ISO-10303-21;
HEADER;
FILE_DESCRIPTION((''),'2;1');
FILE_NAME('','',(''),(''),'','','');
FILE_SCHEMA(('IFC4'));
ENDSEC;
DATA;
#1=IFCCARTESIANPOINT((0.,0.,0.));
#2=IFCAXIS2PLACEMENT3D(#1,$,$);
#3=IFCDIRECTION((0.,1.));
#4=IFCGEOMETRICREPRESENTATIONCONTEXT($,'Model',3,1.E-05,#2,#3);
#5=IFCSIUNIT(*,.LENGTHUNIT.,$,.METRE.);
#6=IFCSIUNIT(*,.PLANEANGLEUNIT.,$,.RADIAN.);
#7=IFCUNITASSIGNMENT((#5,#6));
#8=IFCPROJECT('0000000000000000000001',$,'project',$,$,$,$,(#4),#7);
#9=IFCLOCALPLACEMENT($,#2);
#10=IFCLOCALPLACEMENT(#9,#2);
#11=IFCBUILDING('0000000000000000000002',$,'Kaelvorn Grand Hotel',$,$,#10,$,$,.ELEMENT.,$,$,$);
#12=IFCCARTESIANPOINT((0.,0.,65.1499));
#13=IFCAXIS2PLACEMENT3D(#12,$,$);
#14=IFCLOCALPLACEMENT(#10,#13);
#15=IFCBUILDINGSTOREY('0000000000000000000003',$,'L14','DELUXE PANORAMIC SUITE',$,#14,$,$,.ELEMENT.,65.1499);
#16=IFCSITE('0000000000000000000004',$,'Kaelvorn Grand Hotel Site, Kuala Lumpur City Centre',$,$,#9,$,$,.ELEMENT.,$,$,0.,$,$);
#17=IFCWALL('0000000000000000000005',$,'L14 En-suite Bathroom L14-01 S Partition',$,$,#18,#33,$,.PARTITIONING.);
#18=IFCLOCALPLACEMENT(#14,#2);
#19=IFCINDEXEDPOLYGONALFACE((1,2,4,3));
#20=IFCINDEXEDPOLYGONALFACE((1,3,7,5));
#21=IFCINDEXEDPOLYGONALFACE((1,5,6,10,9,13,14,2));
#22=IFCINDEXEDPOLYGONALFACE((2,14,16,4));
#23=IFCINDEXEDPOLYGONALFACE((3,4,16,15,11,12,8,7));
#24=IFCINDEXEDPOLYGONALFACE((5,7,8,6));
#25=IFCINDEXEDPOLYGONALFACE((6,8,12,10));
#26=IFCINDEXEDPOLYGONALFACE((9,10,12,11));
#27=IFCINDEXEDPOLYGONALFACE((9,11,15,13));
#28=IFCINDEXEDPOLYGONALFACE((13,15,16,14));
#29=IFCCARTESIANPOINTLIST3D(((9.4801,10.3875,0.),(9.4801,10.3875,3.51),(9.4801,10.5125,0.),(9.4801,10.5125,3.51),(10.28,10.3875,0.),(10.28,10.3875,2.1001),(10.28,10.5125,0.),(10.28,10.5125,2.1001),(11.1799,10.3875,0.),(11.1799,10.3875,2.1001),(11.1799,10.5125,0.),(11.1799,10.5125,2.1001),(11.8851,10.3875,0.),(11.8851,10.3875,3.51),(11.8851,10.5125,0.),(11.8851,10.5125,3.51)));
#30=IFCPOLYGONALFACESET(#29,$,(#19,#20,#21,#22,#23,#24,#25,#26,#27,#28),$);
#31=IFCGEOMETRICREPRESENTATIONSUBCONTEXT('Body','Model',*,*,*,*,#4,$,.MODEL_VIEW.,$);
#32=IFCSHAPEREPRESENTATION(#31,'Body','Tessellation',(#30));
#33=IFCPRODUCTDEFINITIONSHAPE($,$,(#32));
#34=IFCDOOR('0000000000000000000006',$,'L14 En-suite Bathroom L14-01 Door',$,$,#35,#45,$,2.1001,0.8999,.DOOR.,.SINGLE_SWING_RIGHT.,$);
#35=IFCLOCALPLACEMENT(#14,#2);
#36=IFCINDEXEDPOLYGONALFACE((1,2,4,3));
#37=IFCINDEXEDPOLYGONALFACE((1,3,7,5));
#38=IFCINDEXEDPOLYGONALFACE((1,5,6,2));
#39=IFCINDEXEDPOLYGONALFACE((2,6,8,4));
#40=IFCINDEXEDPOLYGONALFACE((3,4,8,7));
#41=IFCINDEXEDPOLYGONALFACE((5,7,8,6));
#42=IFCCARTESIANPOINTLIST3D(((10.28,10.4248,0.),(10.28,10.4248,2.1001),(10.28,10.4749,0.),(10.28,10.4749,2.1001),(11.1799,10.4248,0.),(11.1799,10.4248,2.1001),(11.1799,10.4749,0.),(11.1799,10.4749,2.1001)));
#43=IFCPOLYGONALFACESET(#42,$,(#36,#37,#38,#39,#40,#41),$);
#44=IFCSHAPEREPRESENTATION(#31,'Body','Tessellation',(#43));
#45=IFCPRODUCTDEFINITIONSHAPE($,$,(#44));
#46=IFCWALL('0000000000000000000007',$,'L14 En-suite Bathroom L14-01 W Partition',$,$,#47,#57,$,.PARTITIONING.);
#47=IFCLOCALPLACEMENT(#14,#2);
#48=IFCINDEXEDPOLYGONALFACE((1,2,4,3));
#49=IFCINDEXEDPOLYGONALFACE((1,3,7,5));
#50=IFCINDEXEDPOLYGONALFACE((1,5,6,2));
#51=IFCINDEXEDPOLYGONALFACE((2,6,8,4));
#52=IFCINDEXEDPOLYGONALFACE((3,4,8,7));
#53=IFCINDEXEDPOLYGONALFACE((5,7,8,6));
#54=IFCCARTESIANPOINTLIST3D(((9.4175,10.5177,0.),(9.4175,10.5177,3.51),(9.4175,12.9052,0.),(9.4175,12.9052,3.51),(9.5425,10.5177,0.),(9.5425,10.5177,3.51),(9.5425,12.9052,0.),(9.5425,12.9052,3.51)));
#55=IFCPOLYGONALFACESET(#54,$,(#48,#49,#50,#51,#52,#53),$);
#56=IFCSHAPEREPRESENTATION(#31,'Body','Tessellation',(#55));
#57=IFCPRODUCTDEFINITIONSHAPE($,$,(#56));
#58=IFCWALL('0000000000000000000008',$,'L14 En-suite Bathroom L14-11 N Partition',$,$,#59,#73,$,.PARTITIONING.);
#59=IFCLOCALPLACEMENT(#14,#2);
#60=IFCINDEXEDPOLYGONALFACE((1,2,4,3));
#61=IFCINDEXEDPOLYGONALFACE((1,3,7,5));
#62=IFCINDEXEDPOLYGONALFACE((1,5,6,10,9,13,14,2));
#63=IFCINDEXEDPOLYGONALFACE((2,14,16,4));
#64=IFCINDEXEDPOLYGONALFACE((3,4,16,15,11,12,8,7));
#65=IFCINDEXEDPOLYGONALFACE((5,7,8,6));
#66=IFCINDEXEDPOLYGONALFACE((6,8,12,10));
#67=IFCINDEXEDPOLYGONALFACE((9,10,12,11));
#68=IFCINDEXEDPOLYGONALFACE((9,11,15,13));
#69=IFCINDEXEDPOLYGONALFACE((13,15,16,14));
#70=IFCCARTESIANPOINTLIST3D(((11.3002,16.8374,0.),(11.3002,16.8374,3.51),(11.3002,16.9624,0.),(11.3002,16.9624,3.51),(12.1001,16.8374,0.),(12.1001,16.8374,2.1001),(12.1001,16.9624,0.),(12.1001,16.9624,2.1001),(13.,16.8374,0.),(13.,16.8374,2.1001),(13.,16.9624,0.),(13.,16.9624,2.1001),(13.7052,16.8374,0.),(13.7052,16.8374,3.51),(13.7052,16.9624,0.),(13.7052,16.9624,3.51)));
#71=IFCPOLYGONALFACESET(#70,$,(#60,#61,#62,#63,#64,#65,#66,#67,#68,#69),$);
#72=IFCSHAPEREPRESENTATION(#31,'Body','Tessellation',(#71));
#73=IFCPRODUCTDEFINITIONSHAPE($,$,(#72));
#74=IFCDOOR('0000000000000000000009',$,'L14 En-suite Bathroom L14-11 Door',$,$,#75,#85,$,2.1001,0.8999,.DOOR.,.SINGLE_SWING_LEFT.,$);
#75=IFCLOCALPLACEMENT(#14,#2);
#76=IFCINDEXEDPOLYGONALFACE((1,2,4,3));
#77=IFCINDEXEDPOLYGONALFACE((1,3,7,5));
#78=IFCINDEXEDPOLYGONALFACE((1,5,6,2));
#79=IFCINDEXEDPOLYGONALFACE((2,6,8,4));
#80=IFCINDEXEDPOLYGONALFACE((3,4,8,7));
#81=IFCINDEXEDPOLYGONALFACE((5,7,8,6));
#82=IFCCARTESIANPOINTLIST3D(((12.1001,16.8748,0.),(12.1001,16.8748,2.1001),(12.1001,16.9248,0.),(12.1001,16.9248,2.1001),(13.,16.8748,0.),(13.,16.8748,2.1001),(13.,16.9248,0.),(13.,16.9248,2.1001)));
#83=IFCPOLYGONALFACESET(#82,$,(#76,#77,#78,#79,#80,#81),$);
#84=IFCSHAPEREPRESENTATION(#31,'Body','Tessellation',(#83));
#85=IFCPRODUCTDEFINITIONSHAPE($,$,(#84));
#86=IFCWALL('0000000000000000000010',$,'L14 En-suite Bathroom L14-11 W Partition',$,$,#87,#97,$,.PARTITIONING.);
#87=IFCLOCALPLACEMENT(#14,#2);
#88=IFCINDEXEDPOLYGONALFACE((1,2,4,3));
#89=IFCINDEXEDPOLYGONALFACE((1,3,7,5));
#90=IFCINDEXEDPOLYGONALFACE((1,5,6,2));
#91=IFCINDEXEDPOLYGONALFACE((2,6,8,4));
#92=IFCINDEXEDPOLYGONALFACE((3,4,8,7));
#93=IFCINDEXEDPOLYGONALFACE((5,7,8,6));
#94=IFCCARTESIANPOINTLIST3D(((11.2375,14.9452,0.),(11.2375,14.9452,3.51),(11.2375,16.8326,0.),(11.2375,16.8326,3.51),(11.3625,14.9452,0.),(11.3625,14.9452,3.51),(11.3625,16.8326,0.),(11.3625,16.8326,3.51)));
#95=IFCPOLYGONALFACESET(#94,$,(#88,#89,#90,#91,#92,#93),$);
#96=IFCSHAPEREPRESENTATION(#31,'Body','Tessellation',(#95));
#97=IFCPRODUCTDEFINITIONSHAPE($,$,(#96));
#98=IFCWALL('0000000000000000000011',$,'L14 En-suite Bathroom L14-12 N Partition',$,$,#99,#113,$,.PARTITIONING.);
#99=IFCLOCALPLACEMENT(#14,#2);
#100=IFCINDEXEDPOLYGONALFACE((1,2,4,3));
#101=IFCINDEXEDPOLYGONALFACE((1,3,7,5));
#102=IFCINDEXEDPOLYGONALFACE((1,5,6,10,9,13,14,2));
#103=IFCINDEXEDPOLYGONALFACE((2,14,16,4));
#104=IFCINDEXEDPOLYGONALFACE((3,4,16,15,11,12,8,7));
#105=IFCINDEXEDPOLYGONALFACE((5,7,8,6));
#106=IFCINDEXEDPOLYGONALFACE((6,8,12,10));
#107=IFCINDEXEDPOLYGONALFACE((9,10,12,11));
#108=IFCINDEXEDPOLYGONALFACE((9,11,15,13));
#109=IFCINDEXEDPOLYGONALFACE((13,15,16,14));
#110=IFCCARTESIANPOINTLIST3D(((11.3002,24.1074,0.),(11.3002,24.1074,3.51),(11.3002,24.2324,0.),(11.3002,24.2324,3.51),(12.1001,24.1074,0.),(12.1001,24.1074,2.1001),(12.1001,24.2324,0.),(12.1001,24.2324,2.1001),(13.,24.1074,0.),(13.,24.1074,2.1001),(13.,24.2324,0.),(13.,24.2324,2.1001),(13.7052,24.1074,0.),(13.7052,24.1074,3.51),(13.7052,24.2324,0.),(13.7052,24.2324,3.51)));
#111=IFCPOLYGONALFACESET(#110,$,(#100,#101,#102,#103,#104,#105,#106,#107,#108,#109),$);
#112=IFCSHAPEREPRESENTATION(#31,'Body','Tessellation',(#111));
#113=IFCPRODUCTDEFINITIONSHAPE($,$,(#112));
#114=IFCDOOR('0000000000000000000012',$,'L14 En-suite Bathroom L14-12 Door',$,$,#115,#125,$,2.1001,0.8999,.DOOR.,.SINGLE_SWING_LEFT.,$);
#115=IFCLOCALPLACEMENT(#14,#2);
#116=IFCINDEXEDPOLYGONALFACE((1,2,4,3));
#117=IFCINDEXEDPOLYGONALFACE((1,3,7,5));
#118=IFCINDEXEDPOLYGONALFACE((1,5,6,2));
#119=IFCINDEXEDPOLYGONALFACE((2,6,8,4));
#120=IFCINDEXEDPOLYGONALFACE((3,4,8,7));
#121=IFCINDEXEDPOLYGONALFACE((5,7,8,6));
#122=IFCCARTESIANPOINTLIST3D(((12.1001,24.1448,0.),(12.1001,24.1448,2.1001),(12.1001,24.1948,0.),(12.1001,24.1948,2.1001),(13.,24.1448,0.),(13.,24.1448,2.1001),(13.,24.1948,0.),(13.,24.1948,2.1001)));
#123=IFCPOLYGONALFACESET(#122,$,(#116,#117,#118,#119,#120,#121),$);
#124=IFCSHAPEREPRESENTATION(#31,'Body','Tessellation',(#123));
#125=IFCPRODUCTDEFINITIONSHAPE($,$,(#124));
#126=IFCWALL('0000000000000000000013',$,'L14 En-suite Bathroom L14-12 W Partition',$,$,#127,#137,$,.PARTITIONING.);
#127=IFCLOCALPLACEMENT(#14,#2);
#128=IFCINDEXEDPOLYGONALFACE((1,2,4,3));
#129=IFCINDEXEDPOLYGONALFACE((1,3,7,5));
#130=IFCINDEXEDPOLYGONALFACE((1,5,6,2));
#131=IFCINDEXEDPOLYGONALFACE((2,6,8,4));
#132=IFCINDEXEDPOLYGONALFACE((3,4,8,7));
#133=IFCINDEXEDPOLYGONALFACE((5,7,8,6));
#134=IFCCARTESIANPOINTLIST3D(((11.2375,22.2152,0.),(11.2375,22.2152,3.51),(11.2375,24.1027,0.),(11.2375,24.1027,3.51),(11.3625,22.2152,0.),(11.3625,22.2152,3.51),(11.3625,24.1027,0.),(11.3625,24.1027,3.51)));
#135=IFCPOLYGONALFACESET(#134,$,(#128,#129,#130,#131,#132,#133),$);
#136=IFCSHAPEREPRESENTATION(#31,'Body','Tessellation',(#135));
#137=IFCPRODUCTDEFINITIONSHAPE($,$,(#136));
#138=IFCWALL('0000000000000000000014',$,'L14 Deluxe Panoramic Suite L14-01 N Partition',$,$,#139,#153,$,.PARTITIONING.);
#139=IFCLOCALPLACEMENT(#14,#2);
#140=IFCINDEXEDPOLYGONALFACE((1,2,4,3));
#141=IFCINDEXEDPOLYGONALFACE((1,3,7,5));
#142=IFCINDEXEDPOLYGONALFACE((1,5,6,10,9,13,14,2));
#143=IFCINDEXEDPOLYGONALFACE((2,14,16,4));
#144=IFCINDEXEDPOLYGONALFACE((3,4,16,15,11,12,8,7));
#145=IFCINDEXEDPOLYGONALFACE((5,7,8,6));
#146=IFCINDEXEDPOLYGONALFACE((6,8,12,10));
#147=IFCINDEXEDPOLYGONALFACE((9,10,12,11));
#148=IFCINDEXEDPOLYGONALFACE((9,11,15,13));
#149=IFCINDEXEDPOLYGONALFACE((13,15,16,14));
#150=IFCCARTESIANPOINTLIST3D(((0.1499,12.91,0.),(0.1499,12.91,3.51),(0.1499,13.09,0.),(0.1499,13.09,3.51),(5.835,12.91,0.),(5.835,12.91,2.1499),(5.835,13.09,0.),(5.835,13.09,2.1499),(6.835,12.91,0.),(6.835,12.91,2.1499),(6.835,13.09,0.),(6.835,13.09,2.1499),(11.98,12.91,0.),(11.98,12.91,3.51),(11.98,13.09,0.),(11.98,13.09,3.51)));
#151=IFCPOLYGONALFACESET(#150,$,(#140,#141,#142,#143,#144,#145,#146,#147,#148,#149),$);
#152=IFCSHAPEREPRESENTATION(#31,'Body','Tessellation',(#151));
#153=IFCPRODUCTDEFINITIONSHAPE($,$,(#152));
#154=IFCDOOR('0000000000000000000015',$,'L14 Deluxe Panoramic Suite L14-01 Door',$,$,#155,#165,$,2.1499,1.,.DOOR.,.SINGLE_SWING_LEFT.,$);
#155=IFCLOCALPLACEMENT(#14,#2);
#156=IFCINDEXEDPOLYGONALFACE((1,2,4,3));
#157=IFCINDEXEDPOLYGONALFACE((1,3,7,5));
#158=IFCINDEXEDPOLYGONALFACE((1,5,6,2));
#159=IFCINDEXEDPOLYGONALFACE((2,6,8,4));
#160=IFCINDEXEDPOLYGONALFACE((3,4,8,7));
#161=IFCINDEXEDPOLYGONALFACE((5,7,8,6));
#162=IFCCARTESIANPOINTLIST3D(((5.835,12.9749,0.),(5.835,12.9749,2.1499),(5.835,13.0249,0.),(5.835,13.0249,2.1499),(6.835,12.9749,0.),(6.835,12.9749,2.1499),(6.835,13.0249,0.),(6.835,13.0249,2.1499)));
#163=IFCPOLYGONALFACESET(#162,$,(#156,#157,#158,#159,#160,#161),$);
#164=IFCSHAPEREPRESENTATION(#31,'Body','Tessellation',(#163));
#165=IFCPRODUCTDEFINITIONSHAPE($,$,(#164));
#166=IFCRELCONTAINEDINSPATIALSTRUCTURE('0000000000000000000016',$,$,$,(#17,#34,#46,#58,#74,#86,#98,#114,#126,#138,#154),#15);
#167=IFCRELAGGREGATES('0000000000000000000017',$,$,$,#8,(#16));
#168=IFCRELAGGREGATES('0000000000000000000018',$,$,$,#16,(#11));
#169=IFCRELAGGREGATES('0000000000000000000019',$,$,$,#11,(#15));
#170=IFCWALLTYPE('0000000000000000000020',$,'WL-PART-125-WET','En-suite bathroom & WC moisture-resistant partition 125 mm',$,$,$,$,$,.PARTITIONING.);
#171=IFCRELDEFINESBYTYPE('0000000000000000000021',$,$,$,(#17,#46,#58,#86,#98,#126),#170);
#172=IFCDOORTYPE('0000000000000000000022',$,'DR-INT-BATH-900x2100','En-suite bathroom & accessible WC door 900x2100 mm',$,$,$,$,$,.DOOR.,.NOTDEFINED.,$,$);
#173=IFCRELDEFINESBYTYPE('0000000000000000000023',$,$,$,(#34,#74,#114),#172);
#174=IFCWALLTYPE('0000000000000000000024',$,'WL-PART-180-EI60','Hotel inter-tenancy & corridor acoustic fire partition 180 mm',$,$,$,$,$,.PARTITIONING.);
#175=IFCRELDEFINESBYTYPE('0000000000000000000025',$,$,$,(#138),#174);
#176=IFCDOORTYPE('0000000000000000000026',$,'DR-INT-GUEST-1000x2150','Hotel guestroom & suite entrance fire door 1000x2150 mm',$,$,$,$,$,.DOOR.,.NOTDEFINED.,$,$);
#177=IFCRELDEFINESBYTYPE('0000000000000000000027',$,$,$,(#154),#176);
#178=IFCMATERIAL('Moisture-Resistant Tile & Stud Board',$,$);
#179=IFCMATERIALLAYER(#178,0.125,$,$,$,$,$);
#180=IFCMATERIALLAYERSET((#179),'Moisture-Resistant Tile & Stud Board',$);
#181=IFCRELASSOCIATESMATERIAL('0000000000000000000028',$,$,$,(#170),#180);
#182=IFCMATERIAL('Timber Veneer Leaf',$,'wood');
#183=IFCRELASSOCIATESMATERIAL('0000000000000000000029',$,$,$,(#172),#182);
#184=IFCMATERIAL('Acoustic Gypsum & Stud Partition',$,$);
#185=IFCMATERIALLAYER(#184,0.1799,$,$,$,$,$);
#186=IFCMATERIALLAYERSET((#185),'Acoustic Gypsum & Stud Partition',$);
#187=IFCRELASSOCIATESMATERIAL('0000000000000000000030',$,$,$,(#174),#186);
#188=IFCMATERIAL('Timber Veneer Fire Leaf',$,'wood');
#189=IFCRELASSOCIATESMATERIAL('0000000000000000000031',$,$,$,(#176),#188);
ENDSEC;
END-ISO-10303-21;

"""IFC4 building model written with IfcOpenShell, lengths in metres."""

from ifc_helpers import new_model, si_unit, direction, frame, frame_2d, origin, place, context, subcontext, project, spatial, rectangle, extrude, material, layer, layer_set, type_object, element, fill, save


model = new_model("IFC4")

# Units and contexts
model_context = context("Model", 3, precision=1e-05, world=origin(), true_north=direction((0.0, 1.0)))
body_context = subcontext(model_context, "Body", "Model", "MODEL_VIEW")
ifc_project = project(units=[si_unit("LENGTHUNIT", "METRE"), si_unit("PLANEANGLEUNIT", "RADIAN")], contexts=[model_context])

# Site, building, storey
site_placement = place(None, origin())
site = spatial("IfcSite", under=ifc_project, at=site_placement, Name="Kaelvorn Grand Hotel Site, Kuala Lumpur City Centre", CompositionType="ELEMENT", RefElevation=0.0)
building_placement = place(site_placement, origin())
building = spatial("IfcBuilding", under=site, at=building_placement, Name="Kaelvorn Grand Hotel", CompositionType="ELEMENT")
storey_placement = place(building_placement, frame((0.0, 0.0, 65.1499)))
storey = spatial("IfcBuildingStorey", under=building, at=storey_placement, Name="L14", Description="DELUXE PANORAMIC SUITE", CompositionType="ELEMENT", Elevation=65.1499)

# Wall, opening, door
ifc_material_1 = material(Name="Moisture-Resistant Tile & Stud Board")
ifc_layer_1 = layer(ifc_material_1, 0.125)
ifc_layer_set_1 = layer_set([ifc_layer_1], Name="Moisture-Resistant Tile & Stud Board")
wall_type_1 = type_object("IfcWallType", Name="WL-PART-125-WET", Description="En-suite bathroom & WC moisture-resistant partition 125 mm", PredefinedType="PARTITIONING", material=ifc_layer_set_1)
wall_1_placement = place(storey_placement, frame((9.48, 10.45, 0.0), z_axis=(0.0, 0.0, 1.0), x_axis=(1.0, 0.0, 0.0)))
wall_1 = element("IfcWall", 1, at=wall_1_placement, inside=storey, type_object=wall_type_1, Name="L14 En-suite Bathroom L14-01 S Partition", PredefinedType="PARTITIONING", context=body_context, shape_type="SweptSolid", body=[
    extrude(rectangle(XDim=2.405, YDim=0.125, at=frame_2d((1.2026, 0.0))), origin(), (0.0, 0.0, 1.0), 3.51),
])
opening_1_placement = place(wall_1_placement, frame((0.8, 0.0, 0.0)))
opening_1 = element("IfcOpeningElement", 2, at=opening_1_placement, cuts=wall_1, PredefinedType="OPENING", context=body_context, shape_type="SweptSolid", body=[
    extrude(rectangle(XDim=0.8999, YDim=2.1001, at=frame_2d((0.45, 1.05))), frame((0.0, 0.0725, 0.0), z_axis=(0.0, -1.0, 0.0), x_axis=(1.0, 0.0, 0.0)), (0.0, 0.0, 1.0), 0.145),
])
ifc_material_2 = material(Name="Timber Veneer Leaf", Category="wood")
door_type_1 = type_object("IfcDoorType", Name="DR-INT-BATH-900x2100", Description="En-suite bathroom & accessible WC door 900x2100 mm", OperationType="NOTDEFINED", PredefinedType="DOOR", material=ifc_material_2)
door_1_placement = place(opening_1_placement, origin())
door_1 = element("IfcDoor", 3, at=door_1_placement, inside=storey, type_object=door_type_1, Name="L14 En-suite Bathroom L14-01 Door", OperationType="SINGLE_SWING_RIGHT", OverallHeight=2.1001, OverallWidth=0.8999, PredefinedType="DOOR", context=body_context, shape_type="SweptSolid", body=[
    extrude(rectangle(XDim=0.8999, YDim=2.1001, at=frame_2d((0.45, 1.05))), frame((0.0, 0.0249, 0.0), z_axis=(0.0, -1.0, 0.0), x_axis=(1.0, 0.0, 0.0)), (0.0, 0.0, 1.0), 0.05),
])
fill(opening_1, door_1)

# Wall
wall_2_placement = place(storey_placement, frame((9.48, 10.5176, 0.0), z_axis=(0.0, 0.0, 1.0), x_axis=(0.0, 1.0, 0.0)))
element("IfcWall", 4, at=wall_2_placement, inside=storey, type_object=wall_type_1, Name="L14 En-suite Bathroom L14-01 W Partition", PredefinedType="PARTITIONING", context=body_context, shape_type="SweptSolid", body=[
    extrude(rectangle(XDim=2.3875, YDim=0.125, at=frame_2d((1.1938, 0.0))), origin(), (0.0, 0.0, 1.0), 3.51),
])

# Wall, opening, door
wall_3_placement = place(storey_placement, frame((11.3, 16.8999, 0.0), z_axis=(0.0, 0.0, 1.0), x_axis=(1.0, 0.0, 0.0)))
wall_3 = element("IfcWall", 5, at=wall_3_placement, inside=storey, type_object=wall_type_1, Name="L14 En-suite Bathroom L14-11 N Partition", PredefinedType="PARTITIONING", context=body_context, shape_type="SweptSolid", body=[
    extrude(rectangle(XDim=2.405, YDim=0.125, at=frame_2d((1.2026, 0.0))), origin(), (0.0, 0.0, 1.0), 3.51),
])
opening_2_placement = place(wall_3_placement, frame((0.8, 0.0, 0.0)))
opening_2 = element("IfcOpeningElement", 6, at=opening_2_placement, cuts=wall_3, PredefinedType="OPENING", context=body_context, shape_type="SweptSolid", body=[
    extrude(rectangle(XDim=0.8999, YDim=2.1001, at=frame_2d((0.45, 1.05))), frame((0.0, 0.0725, 0.0), z_axis=(0.0, -1.0, 0.0), x_axis=(1.0, 0.0, 0.0)), (0.0, 0.0, 1.0), 0.145),
])
door_2_placement = place(opening_2_placement, origin())
door_2 = element("IfcDoor", 7, at=door_2_placement, inside=storey, type_object=door_type_1, Name="L14 En-suite Bathroom L14-11 Door", OperationType="SINGLE_SWING_LEFT", OverallHeight=2.1001, OverallWidth=0.8999, PredefinedType="DOOR", context=body_context, shape_type="SweptSolid", body=[
    extrude(rectangle(XDim=0.8999, YDim=2.1001, at=frame_2d((0.45, 1.05))), frame((0.0, 0.0249, 0.0), z_axis=(0.0, -1.0, 0.0), x_axis=(1.0, 0.0, 0.0)), (0.0, 0.0, 1.0), 0.05),
])
fill(opening_2, door_2)

# Wall
wall_4_placement = place(storey_placement, frame((11.3, 14.9451, 0.0), z_axis=(0.0, 0.0, 1.0), x_axis=(0.0, 1.0, 0.0)))
element("IfcWall", 8, at=wall_4_placement, inside=storey, type_object=wall_type_1, Name="L14 En-suite Bathroom L14-11 W Partition", PredefinedType="PARTITIONING", context=body_context, shape_type="SweptSolid", body=[
    extrude(rectangle(XDim=1.8875, YDim=0.125, at=frame_2d((0.9438, 0.0))), origin(), (0.0, 0.0, 1.0), 3.51),
])

# Wall, opening, door
wall_5_placement = place(storey_placement, frame((11.3, 24.1699, 0.0), z_axis=(0.0, 0.0, 1.0), x_axis=(1.0, 0.0, 0.0)))
wall_5 = element("IfcWall", 9, at=wall_5_placement, inside=storey, type_object=wall_type_1, Name="L14 En-suite Bathroom L14-12 N Partition", PredefinedType="PARTITIONING", context=body_context, shape_type="SweptSolid", body=[
    extrude(rectangle(XDim=2.405, YDim=0.125, at=frame_2d((1.2026, 0.0))), origin(), (0.0, 0.0, 1.0), 3.51),
])
opening_3_placement = place(wall_5_placement, frame((0.8, 0.0, 0.0)))
opening_3 = element("IfcOpeningElement", 10, at=opening_3_placement, cuts=wall_5, PredefinedType="OPENING", context=body_context, shape_type="SweptSolid", body=[
    extrude(rectangle(XDim=0.8999, YDim=2.1001, at=frame_2d((0.45, 1.05))), frame((0.0, 0.0725, 0.0), z_axis=(0.0, -1.0, 0.0), x_axis=(1.0, 0.0, 0.0)), (0.0, 0.0, 1.0), 0.145),
])
door_3_placement = place(opening_3_placement, origin())
door_3 = element("IfcDoor", 11, at=door_3_placement, inside=storey, type_object=door_type_1, Name="L14 En-suite Bathroom L14-12 Door", OperationType="SINGLE_SWING_LEFT", OverallHeight=2.1001, OverallWidth=0.8999, PredefinedType="DOOR", context=body_context, shape_type="SweptSolid", body=[
    extrude(rectangle(XDim=0.8999, YDim=2.1001, at=frame_2d((0.45, 1.05))), frame((0.0, 0.0249, 0.0), z_axis=(0.0, -1.0, 0.0), x_axis=(1.0, 0.0, 0.0)), (0.0, 0.0, 1.0), 0.05),
])
fill(opening_3, door_3)

# Wall
wall_6_placement = place(storey_placement, frame((11.3, 22.2151, 0.0), z_axis=(0.0, 0.0, 1.0), x_axis=(0.0, 1.0, 0.0)))
element("IfcWall", 12, at=wall_6_placement, inside=storey, type_object=wall_type_1, Name="L14 En-suite Bathroom L14-12 W Partition", PredefinedType="PARTITIONING", context=body_context, shape_type="SweptSolid", body=[
    extrude(rectangle(XDim=1.8875, YDim=0.125, at=frame_2d((0.9438, 0.0))), origin(), (0.0, 0.0, 1.0), 3.51),
])

# Wall, opening, door
ifc_material_3 = material(Name="Acoustic Gypsum & Stud Partition")
ifc_layer_2 = layer(ifc_material_3, 0.1799)
ifc_layer_set_2 = layer_set([ifc_layer_2], Name="Acoustic Gypsum & Stud Partition")
wall_type_2 = type_object("IfcWallType", Name="WL-PART-180-EI60", Description="Hotel inter-tenancy & corridor acoustic fire partition 180 mm", PredefinedType="PARTITIONING", material=ifc_layer_set_2)
wall_7_placement = place(storey_placement, frame((0.1499, 13.0, 0.0), z_axis=(0.0, 0.0, 1.0), x_axis=(1.0, 0.0, 0.0)))
wall_7 = element("IfcWall", 13, at=wall_7_placement, inside=storey, type_object=wall_type_2, Name="L14 Deluxe Panoramic Suite L14-01 N Partition", PredefinedType="PARTITIONING", context=body_context, shape_type="SweptSolid", body=[
    extrude(rectangle(XDim=11.8301, YDim=0.1799, at=frame_2d((5.915, 0.0))), origin(), (0.0, 0.0, 1.0), 3.51),
])
opening_4_placement = place(wall_7_placement, frame((5.6851, 0.0, 0.0)))
opening_4 = element("IfcOpeningElement", 14, at=opening_4_placement, cuts=wall_7, PredefinedType="OPENING", context=body_context, shape_type="SweptSolid", body=[
    extrude(rectangle(XDim=1.0, YDim=2.1499, at=frame_2d((0.5, 1.075))), frame((0.0, 0.1001, 0.0), z_axis=(0.0, -1.0, 0.0), x_axis=(1.0, 0.0, 0.0)), (0.0, 0.0, 1.0), 0.2),
])
ifc_material_4 = material(Name="Timber Veneer Fire Leaf", Category="wood")
door_type_2 = type_object("IfcDoorType", Name="DR-INT-GUEST-1000x2150", Description="Hotel guestroom & suite entrance fire door 1000x2150 mm", OperationType="NOTDEFINED", PredefinedType="DOOR", material=ifc_material_4)
door_4_placement = place(opening_4_placement, origin())
door_4 = element("IfcDoor", 15, at=door_4_placement, inside=storey, type_object=door_type_2, Name="L14 Deluxe Panoramic Suite L14-01 Door", OperationType="SINGLE_SWING_LEFT", OverallHeight=2.1499, OverallWidth=1.0, PredefinedType="DOOR", context=body_context, shape_type="SweptSolid", body=[
    extrude(rectangle(XDim=1.0, YDim=2.1499, at=frame_2d((0.5, 1.075))), frame((0.0, 0.0249, 0.0), z_axis=(0.0, -1.0, 0.0), x_axis=(1.0, 0.0, 0.0)), (0.0, 0.0, 1.0), 0.05),
])
fill(opening_4, door_4)

save(model, "model.ifc")
